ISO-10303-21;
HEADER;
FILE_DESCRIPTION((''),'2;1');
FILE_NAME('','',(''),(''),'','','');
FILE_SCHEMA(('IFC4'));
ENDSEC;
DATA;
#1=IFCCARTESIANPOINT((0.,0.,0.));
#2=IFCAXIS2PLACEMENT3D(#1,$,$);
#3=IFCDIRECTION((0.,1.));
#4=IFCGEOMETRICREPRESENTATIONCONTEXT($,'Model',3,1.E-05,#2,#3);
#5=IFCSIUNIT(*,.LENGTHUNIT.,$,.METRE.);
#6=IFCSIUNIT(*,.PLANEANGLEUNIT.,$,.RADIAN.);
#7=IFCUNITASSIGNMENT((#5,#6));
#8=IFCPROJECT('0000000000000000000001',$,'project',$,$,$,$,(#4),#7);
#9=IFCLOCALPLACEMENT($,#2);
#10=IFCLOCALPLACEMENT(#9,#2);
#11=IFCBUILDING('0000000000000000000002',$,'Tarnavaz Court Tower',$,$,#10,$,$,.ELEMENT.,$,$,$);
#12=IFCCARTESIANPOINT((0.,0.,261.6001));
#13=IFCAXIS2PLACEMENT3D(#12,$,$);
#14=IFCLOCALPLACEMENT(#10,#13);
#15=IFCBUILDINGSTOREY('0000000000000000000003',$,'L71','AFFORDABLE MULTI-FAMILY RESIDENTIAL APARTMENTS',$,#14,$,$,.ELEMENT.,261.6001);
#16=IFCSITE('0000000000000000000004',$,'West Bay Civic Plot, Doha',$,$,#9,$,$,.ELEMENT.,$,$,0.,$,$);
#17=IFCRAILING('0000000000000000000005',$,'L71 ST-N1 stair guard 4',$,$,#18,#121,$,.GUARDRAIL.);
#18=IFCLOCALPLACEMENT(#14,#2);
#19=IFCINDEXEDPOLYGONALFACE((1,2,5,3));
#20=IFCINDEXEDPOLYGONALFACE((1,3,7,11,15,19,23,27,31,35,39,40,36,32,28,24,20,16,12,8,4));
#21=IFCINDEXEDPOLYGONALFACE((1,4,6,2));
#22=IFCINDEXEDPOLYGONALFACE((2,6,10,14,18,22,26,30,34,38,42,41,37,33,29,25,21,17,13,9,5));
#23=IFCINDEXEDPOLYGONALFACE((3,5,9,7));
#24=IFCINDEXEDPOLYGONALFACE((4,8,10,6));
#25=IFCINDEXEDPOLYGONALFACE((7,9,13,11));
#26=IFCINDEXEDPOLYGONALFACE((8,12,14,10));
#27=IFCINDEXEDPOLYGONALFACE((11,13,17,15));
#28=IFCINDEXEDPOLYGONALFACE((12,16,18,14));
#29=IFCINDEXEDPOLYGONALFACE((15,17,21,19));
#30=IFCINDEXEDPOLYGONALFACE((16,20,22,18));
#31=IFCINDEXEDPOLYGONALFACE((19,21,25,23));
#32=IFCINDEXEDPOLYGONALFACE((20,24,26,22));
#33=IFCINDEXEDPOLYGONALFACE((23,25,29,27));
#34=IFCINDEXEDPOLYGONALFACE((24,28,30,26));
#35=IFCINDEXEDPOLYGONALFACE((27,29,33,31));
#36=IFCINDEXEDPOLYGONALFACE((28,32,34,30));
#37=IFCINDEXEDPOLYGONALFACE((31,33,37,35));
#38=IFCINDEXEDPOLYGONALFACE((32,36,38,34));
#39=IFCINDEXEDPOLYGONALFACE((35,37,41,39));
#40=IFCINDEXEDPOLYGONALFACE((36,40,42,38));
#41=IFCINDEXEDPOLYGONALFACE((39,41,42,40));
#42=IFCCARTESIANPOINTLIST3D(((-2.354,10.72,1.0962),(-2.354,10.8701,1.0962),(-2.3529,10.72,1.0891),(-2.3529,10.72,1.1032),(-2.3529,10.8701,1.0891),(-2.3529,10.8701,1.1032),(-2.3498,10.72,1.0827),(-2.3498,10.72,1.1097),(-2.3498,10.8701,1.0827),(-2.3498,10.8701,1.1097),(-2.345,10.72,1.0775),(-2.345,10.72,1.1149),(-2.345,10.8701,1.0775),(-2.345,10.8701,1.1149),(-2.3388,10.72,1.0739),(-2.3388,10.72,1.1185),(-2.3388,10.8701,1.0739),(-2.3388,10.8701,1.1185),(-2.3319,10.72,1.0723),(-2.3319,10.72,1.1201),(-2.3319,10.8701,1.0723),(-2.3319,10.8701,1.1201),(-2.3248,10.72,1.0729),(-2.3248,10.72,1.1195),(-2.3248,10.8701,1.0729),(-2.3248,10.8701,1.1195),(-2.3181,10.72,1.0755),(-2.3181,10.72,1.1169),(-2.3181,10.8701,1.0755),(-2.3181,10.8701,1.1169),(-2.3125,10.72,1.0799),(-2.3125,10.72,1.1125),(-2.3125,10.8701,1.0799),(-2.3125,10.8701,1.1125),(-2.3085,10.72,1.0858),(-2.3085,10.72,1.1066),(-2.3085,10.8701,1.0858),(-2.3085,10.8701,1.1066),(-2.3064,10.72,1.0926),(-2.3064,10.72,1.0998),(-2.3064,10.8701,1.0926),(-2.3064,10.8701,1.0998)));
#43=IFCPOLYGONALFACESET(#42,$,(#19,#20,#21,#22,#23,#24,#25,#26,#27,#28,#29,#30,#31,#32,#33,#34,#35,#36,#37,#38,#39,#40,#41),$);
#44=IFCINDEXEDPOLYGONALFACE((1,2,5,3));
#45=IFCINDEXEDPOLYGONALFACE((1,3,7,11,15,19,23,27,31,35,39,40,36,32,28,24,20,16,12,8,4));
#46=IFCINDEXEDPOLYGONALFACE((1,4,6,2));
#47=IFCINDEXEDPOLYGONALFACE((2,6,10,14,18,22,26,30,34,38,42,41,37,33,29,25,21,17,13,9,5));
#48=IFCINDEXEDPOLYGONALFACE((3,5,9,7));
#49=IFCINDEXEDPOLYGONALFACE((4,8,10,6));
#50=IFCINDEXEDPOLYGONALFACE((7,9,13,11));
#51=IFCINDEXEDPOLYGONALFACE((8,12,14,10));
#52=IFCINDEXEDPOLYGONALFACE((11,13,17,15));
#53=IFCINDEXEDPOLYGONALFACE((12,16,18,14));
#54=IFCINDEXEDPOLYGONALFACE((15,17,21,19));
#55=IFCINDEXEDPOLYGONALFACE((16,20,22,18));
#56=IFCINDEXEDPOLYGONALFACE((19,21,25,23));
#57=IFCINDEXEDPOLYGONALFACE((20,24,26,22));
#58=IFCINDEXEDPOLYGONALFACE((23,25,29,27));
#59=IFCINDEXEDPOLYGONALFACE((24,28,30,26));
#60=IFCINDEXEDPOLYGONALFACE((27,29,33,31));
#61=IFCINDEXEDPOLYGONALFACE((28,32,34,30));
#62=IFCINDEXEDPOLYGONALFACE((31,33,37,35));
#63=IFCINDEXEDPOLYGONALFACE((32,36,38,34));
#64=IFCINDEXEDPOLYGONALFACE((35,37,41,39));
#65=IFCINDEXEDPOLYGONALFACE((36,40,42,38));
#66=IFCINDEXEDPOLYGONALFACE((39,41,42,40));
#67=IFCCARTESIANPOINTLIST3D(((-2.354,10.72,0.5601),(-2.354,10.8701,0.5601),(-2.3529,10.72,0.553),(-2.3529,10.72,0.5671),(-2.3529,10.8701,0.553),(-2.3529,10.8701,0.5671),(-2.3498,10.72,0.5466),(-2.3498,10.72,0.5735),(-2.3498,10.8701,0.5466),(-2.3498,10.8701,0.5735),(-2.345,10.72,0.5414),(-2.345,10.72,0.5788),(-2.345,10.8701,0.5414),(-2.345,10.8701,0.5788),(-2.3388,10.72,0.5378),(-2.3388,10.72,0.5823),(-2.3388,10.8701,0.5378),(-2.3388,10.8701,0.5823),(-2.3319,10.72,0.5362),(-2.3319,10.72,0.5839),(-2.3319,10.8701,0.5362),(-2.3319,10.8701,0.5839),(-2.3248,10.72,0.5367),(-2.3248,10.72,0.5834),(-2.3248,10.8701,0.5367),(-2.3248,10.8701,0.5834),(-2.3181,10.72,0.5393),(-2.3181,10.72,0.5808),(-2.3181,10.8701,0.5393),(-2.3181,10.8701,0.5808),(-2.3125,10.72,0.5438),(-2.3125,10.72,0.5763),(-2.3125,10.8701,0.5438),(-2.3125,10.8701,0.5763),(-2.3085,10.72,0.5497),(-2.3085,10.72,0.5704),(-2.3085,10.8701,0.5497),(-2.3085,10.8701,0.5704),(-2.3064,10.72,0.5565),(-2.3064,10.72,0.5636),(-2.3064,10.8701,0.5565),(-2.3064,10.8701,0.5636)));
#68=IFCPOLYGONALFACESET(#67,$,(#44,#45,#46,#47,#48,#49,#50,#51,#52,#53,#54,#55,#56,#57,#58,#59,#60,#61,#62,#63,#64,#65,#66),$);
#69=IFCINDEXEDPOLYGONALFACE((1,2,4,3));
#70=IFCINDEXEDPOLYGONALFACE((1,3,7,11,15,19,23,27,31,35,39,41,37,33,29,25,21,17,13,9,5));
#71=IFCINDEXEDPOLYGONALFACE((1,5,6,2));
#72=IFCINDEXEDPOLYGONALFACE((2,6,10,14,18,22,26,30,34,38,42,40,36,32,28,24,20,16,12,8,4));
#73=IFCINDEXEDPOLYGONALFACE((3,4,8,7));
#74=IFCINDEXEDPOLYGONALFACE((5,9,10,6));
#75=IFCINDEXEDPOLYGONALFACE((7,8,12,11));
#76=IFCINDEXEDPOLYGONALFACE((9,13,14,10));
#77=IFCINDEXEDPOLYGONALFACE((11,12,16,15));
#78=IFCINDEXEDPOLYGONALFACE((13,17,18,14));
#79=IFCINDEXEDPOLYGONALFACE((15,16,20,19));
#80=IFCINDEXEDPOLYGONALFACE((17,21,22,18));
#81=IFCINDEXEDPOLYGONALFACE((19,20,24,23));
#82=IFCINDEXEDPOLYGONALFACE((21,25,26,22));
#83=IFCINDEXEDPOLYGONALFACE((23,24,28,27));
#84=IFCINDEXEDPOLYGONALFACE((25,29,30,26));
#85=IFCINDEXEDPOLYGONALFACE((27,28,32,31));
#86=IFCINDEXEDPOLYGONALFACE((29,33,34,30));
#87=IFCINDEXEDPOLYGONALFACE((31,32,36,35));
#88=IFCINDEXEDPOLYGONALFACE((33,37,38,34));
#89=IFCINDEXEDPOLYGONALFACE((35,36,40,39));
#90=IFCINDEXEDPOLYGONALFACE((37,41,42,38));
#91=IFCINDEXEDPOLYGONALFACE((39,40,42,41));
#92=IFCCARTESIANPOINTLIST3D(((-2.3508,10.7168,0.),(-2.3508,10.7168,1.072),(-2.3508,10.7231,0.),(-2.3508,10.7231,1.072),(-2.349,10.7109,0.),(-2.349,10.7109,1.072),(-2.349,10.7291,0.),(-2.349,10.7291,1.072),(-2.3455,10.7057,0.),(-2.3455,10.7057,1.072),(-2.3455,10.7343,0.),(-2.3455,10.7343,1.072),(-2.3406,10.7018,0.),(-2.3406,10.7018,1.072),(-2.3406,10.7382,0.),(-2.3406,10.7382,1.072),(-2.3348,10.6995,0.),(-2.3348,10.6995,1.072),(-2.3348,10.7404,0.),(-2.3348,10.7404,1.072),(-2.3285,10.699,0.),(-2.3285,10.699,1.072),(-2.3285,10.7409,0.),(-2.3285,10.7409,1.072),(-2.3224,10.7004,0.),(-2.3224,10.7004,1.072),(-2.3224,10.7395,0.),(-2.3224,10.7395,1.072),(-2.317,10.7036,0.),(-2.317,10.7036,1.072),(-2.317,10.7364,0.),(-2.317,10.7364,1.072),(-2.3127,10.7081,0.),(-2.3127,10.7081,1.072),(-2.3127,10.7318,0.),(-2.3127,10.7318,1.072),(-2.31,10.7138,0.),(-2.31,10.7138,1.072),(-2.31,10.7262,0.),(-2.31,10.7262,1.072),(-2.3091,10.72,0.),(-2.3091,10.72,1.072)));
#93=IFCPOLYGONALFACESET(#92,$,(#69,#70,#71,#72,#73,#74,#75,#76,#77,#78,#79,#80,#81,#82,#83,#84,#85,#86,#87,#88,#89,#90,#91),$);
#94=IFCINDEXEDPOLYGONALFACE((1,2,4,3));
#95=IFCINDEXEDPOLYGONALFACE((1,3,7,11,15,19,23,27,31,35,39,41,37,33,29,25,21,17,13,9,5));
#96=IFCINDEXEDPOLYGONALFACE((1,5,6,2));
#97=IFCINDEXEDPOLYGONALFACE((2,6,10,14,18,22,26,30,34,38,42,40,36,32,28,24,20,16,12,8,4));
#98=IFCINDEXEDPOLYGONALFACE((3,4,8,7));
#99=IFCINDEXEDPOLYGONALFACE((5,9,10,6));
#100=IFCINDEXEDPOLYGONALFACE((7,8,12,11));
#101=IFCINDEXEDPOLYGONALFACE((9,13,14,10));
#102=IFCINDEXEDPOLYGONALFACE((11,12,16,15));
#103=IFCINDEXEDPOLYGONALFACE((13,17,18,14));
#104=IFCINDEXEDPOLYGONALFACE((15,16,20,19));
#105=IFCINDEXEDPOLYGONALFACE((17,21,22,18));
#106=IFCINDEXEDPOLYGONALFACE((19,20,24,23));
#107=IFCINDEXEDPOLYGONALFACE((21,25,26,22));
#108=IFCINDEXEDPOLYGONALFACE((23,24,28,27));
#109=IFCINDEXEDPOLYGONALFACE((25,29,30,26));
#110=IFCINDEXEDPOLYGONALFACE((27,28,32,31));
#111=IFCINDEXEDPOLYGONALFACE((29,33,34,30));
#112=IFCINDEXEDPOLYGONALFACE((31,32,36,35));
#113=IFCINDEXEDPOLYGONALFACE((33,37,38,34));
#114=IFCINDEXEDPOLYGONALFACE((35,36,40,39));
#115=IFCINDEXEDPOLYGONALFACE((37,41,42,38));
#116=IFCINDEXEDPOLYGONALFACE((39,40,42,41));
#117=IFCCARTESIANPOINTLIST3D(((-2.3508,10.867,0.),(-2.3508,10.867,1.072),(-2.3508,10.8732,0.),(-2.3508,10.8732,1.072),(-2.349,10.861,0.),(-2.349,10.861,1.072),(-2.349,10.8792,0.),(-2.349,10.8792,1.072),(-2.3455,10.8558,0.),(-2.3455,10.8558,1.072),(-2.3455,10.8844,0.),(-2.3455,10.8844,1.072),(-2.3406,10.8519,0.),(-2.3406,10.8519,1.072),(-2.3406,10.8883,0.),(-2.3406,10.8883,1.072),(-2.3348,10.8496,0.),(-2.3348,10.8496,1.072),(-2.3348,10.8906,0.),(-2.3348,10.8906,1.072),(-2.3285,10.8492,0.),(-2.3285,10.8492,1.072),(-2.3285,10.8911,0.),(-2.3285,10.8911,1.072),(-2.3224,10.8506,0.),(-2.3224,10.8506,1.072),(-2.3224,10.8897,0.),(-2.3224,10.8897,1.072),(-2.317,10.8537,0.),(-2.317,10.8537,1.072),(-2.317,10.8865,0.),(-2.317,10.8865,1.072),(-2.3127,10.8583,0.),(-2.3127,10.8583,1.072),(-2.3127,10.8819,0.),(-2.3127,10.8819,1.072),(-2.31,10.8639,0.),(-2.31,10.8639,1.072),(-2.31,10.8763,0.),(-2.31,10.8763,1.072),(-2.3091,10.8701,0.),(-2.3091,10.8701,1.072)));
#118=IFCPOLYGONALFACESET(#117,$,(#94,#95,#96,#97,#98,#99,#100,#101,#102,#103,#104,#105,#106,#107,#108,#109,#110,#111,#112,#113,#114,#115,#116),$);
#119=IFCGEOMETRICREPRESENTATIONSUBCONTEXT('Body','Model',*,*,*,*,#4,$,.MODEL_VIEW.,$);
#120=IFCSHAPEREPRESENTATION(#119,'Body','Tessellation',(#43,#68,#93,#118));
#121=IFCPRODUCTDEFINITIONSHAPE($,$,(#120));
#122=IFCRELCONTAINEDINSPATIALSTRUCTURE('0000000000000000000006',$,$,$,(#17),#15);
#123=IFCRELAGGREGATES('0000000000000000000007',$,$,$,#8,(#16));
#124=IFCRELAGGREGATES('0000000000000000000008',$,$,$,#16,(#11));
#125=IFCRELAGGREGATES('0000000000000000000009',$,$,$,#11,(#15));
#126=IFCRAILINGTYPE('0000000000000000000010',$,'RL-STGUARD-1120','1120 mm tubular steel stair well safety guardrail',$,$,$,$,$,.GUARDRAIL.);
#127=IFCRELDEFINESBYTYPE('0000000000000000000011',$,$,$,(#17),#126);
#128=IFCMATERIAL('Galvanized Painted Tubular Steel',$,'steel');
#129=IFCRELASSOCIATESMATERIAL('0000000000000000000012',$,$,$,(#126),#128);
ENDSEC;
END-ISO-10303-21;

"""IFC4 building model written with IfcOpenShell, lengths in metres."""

from ifc_helpers import new_model, si_unit, direction, frame, origin, origin_2d, place, context, subcontext, project, spatial, circle, extrude, material, type_object, element, save


model = new_model("IFC4")

# Units and contexts
model_context = context("Model", 3, precision=1e-05, world=origin(), true_north=direction((0.0, 1.0)))
body_context = subcontext(model_context, "Body", "Model", "MODEL_VIEW")
ifc_project = project(units=[si_unit("LENGTHUNIT", "METRE"), si_unit("PLANEANGLEUNIT", "RADIAN")], contexts=[model_context])

# Site, building, storey
site_placement = place(None, origin())
site = spatial("IfcSite", under=ifc_project, at=site_placement, Name="West Bay Civic Plot, Doha", CompositionType="ELEMENT", RefElevation=0.0)
building_placement = place(site_placement, origin())
building = spatial("IfcBuilding", under=site, at=building_placement, Name="Tarnavaz Court Tower", CompositionType="ELEMENT")
storey_placement = place(building_placement, frame((0.0, 0.0, 261.6001)))
storey = spatial("IfcBuildingStorey", under=building, at=storey_placement, Name="L71", Description="AFFORDABLE MULTI-FAMILY RESIDENTIAL APARTMENTS", CompositionType="ELEMENT", Elevation=261.6001)

# Railing
ifc_material_1 = material(Name="Galvanized Painted Tubular Steel", Category="steel")
railing_type_1 = type_object("IfcRailingType", Name="RL-STGUARD-1120", Description="1120 mm tubular steel stair well safety guardrail", PredefinedType="GUARDRAIL", material=ifc_material_1)
railing_1_placement = place(storey_placement, frame((-2.3301, 10.72, 0.0)))
element("IfcRailing", 1, at=railing_1_placement, inside=storey, type_object=railing_type_1, Name="L71 ST-N1 stair guard 4", PredefinedType="GUARDRAIL", context=body_context, shape_type="SweptSolid", body=[
    extrude(circle(Radius=0.0239, at=origin_2d()), frame((0.0, 0.0, 1.0962), z_axis=(0.0, 1.0, 0.0), x_axis=(-1.0, 0.0, 0.0)), (0.0, 0.0, 1.0), 0.1501),
    extrude(circle(Radius=0.0239, at=origin_2d()), frame((0.0, 0.0, 0.5601), z_axis=(0.0, 1.0, 0.0), x_axis=(-1.0, 0.0, 0.0)), (0.0, 0.0, 1.0), 0.1501),
    extrude(circle(Radius=0.021, at=origin_2d()), origin(), (0.0, 0.0, 1.0), 1.072),
    extrude(circle(Radius=0.021, at=origin_2d()), frame((0.0, 0.1501, 0.0)), (0.0, 0.0, 1.0), 1.072),
])

save(model, "model.ifc")
